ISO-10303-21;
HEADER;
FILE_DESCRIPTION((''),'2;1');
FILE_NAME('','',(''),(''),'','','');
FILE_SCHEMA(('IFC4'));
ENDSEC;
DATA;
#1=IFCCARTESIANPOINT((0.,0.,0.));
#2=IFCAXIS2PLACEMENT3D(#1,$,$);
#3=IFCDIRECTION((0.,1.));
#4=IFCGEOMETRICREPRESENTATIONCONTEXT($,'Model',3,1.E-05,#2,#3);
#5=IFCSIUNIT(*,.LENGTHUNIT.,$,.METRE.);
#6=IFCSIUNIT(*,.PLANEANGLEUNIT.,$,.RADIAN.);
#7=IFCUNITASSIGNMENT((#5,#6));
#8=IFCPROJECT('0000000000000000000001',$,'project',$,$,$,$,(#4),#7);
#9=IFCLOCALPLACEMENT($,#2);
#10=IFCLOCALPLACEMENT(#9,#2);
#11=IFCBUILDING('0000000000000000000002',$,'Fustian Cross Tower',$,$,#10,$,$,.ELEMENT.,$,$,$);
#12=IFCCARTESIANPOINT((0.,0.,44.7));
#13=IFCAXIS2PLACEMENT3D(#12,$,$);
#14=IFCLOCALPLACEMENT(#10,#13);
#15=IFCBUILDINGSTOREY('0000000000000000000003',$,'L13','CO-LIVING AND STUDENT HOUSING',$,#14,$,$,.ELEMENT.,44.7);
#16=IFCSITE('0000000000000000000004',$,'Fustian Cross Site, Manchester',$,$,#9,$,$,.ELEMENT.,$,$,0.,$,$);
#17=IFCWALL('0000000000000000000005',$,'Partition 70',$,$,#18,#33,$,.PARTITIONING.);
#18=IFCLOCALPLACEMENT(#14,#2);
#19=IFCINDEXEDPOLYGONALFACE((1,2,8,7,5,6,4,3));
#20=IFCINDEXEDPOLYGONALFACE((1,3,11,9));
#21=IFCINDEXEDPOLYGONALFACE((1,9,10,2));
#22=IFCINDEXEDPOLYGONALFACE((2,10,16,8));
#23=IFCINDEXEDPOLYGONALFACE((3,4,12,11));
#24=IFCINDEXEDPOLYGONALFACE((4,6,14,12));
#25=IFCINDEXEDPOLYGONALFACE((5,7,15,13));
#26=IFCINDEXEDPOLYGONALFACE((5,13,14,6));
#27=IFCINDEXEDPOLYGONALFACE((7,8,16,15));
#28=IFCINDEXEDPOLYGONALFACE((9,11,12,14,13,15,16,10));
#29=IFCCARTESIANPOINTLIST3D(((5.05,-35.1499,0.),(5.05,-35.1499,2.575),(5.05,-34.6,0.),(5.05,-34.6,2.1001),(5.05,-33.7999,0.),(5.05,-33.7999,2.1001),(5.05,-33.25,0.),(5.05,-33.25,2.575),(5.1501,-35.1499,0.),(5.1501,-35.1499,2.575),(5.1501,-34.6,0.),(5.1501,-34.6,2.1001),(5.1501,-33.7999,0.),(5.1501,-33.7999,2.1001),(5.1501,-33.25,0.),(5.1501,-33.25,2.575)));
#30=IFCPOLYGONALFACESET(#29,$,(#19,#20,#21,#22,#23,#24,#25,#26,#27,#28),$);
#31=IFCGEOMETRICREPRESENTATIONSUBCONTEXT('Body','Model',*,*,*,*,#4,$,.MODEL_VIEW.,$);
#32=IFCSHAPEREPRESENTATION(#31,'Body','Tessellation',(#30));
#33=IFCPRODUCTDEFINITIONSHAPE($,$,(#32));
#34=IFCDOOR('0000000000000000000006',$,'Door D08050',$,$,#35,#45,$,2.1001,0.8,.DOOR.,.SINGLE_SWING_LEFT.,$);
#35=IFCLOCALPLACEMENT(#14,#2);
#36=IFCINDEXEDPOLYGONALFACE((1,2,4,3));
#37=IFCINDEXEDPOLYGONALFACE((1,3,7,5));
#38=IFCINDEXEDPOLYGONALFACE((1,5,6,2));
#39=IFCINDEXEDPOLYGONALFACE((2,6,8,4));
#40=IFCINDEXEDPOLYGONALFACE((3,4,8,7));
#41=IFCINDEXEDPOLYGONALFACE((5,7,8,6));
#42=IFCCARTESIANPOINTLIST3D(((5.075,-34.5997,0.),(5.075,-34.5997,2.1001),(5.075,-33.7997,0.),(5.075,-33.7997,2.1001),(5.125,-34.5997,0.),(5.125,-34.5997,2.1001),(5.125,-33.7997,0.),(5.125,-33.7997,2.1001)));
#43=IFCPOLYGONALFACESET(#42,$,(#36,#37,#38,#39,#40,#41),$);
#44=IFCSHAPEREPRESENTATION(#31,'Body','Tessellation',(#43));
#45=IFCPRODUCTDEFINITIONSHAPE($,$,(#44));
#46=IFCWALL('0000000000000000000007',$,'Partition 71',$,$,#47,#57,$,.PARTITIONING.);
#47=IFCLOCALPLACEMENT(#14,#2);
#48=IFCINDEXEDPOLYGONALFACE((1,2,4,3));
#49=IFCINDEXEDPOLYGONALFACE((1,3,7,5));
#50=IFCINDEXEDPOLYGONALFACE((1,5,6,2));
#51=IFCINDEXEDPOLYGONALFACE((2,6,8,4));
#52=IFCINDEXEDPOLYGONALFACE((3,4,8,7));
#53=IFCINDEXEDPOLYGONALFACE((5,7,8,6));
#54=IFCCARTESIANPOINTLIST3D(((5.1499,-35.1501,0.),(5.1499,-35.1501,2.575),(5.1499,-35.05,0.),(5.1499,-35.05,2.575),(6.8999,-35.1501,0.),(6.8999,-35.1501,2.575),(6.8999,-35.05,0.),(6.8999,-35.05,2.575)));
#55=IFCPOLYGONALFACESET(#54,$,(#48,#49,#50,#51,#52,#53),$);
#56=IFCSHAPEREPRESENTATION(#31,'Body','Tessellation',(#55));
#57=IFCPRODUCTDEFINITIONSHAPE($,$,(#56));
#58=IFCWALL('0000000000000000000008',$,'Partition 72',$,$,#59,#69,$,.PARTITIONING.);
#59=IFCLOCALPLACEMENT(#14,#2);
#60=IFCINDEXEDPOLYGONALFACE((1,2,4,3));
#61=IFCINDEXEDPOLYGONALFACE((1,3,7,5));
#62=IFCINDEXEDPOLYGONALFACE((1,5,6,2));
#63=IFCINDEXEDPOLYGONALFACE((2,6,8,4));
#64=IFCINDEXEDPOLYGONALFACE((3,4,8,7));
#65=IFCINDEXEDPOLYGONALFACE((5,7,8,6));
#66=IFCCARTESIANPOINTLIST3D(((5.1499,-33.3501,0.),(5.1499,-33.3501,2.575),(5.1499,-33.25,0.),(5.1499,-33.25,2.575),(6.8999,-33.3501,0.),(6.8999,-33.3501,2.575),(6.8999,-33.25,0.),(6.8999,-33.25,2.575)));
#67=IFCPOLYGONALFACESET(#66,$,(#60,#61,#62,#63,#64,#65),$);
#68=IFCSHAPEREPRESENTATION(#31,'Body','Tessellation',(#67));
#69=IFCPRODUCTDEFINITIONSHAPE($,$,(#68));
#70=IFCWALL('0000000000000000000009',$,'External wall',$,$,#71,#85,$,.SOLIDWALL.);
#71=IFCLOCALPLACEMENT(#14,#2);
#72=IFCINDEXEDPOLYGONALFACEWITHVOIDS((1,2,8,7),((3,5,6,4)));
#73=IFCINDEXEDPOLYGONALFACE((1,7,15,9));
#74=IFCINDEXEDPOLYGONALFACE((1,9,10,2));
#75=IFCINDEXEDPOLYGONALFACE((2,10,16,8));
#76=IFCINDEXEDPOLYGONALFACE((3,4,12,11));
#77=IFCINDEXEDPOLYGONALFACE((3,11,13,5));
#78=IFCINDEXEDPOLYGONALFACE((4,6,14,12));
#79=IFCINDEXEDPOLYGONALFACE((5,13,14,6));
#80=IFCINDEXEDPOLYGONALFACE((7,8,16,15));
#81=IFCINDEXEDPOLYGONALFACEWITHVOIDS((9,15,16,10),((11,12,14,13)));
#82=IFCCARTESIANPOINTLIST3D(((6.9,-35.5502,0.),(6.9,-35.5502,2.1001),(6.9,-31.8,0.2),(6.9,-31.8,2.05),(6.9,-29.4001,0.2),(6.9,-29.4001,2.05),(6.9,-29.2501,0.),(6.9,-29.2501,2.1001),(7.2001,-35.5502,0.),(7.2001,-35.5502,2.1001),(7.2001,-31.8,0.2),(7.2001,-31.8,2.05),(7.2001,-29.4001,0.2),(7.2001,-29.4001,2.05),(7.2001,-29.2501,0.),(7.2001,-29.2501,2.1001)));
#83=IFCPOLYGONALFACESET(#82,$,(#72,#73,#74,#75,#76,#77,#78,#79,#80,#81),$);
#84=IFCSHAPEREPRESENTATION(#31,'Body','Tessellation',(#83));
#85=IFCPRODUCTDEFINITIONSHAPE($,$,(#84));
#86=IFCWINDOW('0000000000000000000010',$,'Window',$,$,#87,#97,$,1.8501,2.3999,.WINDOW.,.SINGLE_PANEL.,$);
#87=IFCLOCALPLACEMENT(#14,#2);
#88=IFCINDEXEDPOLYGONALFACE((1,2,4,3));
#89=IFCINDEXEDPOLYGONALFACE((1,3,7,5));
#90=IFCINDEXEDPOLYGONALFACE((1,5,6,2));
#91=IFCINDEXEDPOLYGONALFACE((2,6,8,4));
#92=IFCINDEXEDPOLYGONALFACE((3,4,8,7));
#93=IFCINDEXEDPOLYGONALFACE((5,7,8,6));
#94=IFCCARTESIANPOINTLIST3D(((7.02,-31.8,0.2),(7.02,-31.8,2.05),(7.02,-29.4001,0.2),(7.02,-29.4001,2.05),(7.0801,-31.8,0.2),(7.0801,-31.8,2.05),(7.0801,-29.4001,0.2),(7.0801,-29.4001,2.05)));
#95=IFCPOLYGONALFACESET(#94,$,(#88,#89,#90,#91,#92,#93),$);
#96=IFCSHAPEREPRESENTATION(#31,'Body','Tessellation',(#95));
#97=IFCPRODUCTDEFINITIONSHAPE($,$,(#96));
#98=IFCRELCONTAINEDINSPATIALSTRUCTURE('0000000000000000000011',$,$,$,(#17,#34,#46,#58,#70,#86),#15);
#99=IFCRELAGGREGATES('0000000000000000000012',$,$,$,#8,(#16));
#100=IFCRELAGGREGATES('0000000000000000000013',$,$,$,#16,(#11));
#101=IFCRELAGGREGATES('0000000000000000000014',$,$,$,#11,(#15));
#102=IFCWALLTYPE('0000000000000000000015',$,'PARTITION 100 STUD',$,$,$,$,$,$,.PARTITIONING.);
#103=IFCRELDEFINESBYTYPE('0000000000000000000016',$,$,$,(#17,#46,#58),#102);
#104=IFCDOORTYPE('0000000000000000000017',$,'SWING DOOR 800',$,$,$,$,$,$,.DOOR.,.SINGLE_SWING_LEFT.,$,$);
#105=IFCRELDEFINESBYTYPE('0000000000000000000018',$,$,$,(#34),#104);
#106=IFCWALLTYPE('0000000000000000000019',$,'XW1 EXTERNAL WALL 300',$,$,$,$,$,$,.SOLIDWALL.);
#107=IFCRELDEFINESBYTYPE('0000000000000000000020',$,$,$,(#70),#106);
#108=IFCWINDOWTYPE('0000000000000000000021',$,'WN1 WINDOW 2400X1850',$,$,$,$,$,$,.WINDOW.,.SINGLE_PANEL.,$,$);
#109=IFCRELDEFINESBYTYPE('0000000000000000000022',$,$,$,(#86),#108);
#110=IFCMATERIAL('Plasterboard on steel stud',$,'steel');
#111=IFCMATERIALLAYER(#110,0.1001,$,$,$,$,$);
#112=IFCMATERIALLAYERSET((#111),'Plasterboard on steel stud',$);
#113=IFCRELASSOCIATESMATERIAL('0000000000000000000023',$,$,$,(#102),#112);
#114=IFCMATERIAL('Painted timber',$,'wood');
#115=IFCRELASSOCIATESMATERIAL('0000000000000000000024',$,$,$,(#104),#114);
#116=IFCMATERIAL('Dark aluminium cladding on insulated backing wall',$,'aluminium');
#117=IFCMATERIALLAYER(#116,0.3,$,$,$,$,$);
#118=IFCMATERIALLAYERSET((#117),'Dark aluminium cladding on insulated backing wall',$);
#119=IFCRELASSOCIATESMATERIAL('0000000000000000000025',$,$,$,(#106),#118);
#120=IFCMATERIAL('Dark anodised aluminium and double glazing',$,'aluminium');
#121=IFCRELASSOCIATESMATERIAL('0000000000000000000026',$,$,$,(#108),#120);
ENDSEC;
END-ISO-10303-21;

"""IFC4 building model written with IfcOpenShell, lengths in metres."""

from ifc_helpers import new_model, si_unit, direction, frame, frame_2d, origin, place, context, subcontext, project, spatial, rectangle, extrude, material, layer, layer_set, type_object, element, fill, save


model = new_model("IFC4")

# Units and contexts
model_context = context("Model", 3, precision=1e-05, world=origin(), true_north=direction((0.0, 1.0)))
body_context = subcontext(model_context, "Body", "Model", "MODEL_VIEW")
ifc_project = project(units=[si_unit("LENGTHUNIT", "METRE"), si_unit("PLANEANGLEUNIT", "RADIAN")], contexts=[model_context])

# Site, building, storey
site_placement = place(None, origin())
site = spatial("IfcSite", under=ifc_project, at=site_placement, Name="Fustian Cross Site, Manchester", CompositionType="ELEMENT", RefElevation=0.0)
building_placement = place(site_placement, origin())
building = spatial("IfcBuilding", under=site, at=building_placement, Name="Fustian Cross Tower", CompositionType="ELEMENT")
storey_placement = place(building_placement, frame((0.0, 0.0, 44.7)))
storey = spatial("IfcBuildingStorey", under=building, at=storey_placement, Name="L13", Description="CO-LIVING AND STUDENT HOUSING", CompositionType="ELEMENT", Elevation=44.7)

# Wall, opening, door
ifc_material_1 = material(Name="Plasterboard on steel stud", Category="steel")
ifc_layer_1 = layer(ifc_material_1, 0.1001)
ifc_layer_set_1 = layer_set([ifc_layer_1], Name="Plasterboard on steel stud")
wall_type_1 = type_object("IfcWallType", Name="PARTITION 100 STUD", PredefinedType="PARTITIONING", material=ifc_layer_set_1)
wall_1_placement = place(storey_placement, frame((5.1001, -35.1499, 0.0), z_axis=(0.0, 0.0, 1.0), x_axis=(0.0, 1.0, 0.0)))
wall_1 = element("IfcWall", 1, at=wall_1_placement, inside=storey, type_object=wall_type_1, Name="Partition 70", PredefinedType="PARTITIONING", context=body_context, shape_type="SweptSolid", body=[
    extrude(rectangle(XDim=1.8999, YDim=0.1001, at=frame_2d((0.95, 0.0))), origin(), (0.0, 0.0, 1.0), 2.575),
])
opening_1_placement = place(wall_1_placement, frame((0.55, 0.0, 0.0)))
opening_1 = element("IfcOpeningElement", 2, at=opening_1_placement, cuts=wall_1, PredefinedType="OPENING", context=body_context, shape_type="SweptSolid", body=[
    extrude(rectangle(XDim=0.8, YDim=2.1001, at=frame_2d((0.3999, 1.05))), frame((0.0, 0.0601, 0.0), z_axis=(0.0, -1.0, 0.0), x_axis=(1.0, 0.0, 0.0)), (0.0, 0.0, 1.0), 0.1201),
])
ifc_material_2 = material(Name="Painted timber", Category="wood")
door_type_1 = type_object("IfcDoorType", Name="SWING DOOR 800", OperationType="SINGLE_SWING_LEFT", PredefinedType="DOOR", material=ifc_material_2)
door_1_placement = place(opening_1_placement, frame((0.8, 0.0, 0.0), z_axis=(0.0, 0.0, 1.0), x_axis=(-1.0, 0.0, 0.0)))
door_1 = element("IfcDoor", 3, at=door_1_placement, inside=storey, type_object=door_type_1, Name="Door D08050", OperationType="SINGLE_SWING_LEFT", OverallHeight=2.1001, OverallWidth=0.8, PredefinedType="DOOR", context=body_context, shape_type="SweptSolid", body=[
    extrude(rectangle(XDim=0.8, YDim=2.1001, at=frame_2d((0.3999, 1.05))), frame((0.0, 0.0249, 0.0), z_axis=(0.0, -1.0, 0.0), x_axis=(1.0, 0.0, 0.0)), (0.0, 0.0, 1.0), 0.05),
])
fill(opening_1, door_1)

# Walls
for number, where, z_axis, x_axis, name in (
    (4, (5.1499, -35.1001, 0.0), (0.0, 0.0, 1.0), (1.0, 0.0, 0.0), "Partition 71"),
    (5, (5.1499, -33.3, 0.0), (0.0, 0.0, 1.0), (1.0, 0.0, 0.0), "Partition 72"),
):
    element("IfcWall", number, at=place(storey_placement, frame(where, z_axis=z_axis, x_axis=x_axis)), inside=storey, type_object=wall_type_1, Name=name, PredefinedType="PARTITIONING", context=body_context, shape_type="SweptSolid", body=[
        extrude(rectangle(XDim=1.75, YDim=0.1001, at=frame_2d((0.875, 0.0))), origin(), (0.0, 0.0, 1.0), 2.575),
    ])

# Wall, opening, window
ifc_material_3 = material(Name="Dark aluminium cladding on insulated backing wall", Category="aluminium")
ifc_layer_2 = layer(ifc_material_3, 0.3)
ifc_layer_set_2 = layer_set([ifc_layer_2], Name="Dark aluminium cladding on insulated backing wall")
wall_type_2 = type_object("IfcWallType", Name="XW1 EXTERNAL WALL 300", PredefinedType="SOLIDWALL", material=ifc_layer_set_2)
wall_2_placement = place(storey_placement, frame((7.05, -35.55, 0.0), z_axis=(0.0, 0.0, 1.0), x_axis=(0.0, 1.0, 0.0)))
wall_2 = element("IfcWall", 6, at=wall_2_placement, inside=storey, type_object=wall_type_2, Name="External wall", PredefinedType="SOLIDWALL", context=body_context, shape_type="SweptSolid", body=[
    extrude(rectangle(XDim=6.3, YDim=0.3, at=frame_2d((3.1499, 0.0))), origin(), (0.0, 0.0, 1.0), 2.1001),
])
opening_2_placement = place(wall_2_placement, frame((3.75, 0.0, 0.2)))
opening_2 = element("IfcOpeningElement", 7, at=opening_2_placement, cuts=wall_2, PredefinedType="OPENING", context=body_context, shape_type="SweptSolid", body=[
    extrude(rectangle(XDim=2.3999, YDim=1.8501, at=frame_2d((1.2, 0.925))), frame((0.0, 0.1599, 0.0), z_axis=(0.0, -1.0, 0.0), x_axis=(1.0, 0.0, 0.0)), (0.0, 0.0, 1.0), 0.3201),
])
ifc_material_4 = material(Name="Dark anodised aluminium and double glazing", Category="aluminium")
window_type = type_object("IfcWindowType", Name="WN1 WINDOW 2400X1850", PartitioningType="SINGLE_PANEL", PredefinedType="WINDOW", material=ifc_material_4)
window_placement = place(opening_2_placement, origin())
window = element("IfcWindow", 8, at=window_placement, inside=storey, type_object=window_type, Name="Window", OverallHeight=1.8501, OverallWidth=2.3999, PartitioningType="SINGLE_PANEL", PredefinedType="WINDOW", context=body_context, shape_type="SweptSolid", body=[
    extrude(rectangle(XDim=2.3999, YDim=1.8501, at=frame_2d((1.2, 0.925))), frame((0.0, 0.03, 0.0), z_axis=(0.0, -1.0, 0.0), x_axis=(1.0, 0.0, 0.0)), (0.0, 0.0, 1.0), 0.0601),
])
fill(opening_2, window)

save(model, "model.ifc")
